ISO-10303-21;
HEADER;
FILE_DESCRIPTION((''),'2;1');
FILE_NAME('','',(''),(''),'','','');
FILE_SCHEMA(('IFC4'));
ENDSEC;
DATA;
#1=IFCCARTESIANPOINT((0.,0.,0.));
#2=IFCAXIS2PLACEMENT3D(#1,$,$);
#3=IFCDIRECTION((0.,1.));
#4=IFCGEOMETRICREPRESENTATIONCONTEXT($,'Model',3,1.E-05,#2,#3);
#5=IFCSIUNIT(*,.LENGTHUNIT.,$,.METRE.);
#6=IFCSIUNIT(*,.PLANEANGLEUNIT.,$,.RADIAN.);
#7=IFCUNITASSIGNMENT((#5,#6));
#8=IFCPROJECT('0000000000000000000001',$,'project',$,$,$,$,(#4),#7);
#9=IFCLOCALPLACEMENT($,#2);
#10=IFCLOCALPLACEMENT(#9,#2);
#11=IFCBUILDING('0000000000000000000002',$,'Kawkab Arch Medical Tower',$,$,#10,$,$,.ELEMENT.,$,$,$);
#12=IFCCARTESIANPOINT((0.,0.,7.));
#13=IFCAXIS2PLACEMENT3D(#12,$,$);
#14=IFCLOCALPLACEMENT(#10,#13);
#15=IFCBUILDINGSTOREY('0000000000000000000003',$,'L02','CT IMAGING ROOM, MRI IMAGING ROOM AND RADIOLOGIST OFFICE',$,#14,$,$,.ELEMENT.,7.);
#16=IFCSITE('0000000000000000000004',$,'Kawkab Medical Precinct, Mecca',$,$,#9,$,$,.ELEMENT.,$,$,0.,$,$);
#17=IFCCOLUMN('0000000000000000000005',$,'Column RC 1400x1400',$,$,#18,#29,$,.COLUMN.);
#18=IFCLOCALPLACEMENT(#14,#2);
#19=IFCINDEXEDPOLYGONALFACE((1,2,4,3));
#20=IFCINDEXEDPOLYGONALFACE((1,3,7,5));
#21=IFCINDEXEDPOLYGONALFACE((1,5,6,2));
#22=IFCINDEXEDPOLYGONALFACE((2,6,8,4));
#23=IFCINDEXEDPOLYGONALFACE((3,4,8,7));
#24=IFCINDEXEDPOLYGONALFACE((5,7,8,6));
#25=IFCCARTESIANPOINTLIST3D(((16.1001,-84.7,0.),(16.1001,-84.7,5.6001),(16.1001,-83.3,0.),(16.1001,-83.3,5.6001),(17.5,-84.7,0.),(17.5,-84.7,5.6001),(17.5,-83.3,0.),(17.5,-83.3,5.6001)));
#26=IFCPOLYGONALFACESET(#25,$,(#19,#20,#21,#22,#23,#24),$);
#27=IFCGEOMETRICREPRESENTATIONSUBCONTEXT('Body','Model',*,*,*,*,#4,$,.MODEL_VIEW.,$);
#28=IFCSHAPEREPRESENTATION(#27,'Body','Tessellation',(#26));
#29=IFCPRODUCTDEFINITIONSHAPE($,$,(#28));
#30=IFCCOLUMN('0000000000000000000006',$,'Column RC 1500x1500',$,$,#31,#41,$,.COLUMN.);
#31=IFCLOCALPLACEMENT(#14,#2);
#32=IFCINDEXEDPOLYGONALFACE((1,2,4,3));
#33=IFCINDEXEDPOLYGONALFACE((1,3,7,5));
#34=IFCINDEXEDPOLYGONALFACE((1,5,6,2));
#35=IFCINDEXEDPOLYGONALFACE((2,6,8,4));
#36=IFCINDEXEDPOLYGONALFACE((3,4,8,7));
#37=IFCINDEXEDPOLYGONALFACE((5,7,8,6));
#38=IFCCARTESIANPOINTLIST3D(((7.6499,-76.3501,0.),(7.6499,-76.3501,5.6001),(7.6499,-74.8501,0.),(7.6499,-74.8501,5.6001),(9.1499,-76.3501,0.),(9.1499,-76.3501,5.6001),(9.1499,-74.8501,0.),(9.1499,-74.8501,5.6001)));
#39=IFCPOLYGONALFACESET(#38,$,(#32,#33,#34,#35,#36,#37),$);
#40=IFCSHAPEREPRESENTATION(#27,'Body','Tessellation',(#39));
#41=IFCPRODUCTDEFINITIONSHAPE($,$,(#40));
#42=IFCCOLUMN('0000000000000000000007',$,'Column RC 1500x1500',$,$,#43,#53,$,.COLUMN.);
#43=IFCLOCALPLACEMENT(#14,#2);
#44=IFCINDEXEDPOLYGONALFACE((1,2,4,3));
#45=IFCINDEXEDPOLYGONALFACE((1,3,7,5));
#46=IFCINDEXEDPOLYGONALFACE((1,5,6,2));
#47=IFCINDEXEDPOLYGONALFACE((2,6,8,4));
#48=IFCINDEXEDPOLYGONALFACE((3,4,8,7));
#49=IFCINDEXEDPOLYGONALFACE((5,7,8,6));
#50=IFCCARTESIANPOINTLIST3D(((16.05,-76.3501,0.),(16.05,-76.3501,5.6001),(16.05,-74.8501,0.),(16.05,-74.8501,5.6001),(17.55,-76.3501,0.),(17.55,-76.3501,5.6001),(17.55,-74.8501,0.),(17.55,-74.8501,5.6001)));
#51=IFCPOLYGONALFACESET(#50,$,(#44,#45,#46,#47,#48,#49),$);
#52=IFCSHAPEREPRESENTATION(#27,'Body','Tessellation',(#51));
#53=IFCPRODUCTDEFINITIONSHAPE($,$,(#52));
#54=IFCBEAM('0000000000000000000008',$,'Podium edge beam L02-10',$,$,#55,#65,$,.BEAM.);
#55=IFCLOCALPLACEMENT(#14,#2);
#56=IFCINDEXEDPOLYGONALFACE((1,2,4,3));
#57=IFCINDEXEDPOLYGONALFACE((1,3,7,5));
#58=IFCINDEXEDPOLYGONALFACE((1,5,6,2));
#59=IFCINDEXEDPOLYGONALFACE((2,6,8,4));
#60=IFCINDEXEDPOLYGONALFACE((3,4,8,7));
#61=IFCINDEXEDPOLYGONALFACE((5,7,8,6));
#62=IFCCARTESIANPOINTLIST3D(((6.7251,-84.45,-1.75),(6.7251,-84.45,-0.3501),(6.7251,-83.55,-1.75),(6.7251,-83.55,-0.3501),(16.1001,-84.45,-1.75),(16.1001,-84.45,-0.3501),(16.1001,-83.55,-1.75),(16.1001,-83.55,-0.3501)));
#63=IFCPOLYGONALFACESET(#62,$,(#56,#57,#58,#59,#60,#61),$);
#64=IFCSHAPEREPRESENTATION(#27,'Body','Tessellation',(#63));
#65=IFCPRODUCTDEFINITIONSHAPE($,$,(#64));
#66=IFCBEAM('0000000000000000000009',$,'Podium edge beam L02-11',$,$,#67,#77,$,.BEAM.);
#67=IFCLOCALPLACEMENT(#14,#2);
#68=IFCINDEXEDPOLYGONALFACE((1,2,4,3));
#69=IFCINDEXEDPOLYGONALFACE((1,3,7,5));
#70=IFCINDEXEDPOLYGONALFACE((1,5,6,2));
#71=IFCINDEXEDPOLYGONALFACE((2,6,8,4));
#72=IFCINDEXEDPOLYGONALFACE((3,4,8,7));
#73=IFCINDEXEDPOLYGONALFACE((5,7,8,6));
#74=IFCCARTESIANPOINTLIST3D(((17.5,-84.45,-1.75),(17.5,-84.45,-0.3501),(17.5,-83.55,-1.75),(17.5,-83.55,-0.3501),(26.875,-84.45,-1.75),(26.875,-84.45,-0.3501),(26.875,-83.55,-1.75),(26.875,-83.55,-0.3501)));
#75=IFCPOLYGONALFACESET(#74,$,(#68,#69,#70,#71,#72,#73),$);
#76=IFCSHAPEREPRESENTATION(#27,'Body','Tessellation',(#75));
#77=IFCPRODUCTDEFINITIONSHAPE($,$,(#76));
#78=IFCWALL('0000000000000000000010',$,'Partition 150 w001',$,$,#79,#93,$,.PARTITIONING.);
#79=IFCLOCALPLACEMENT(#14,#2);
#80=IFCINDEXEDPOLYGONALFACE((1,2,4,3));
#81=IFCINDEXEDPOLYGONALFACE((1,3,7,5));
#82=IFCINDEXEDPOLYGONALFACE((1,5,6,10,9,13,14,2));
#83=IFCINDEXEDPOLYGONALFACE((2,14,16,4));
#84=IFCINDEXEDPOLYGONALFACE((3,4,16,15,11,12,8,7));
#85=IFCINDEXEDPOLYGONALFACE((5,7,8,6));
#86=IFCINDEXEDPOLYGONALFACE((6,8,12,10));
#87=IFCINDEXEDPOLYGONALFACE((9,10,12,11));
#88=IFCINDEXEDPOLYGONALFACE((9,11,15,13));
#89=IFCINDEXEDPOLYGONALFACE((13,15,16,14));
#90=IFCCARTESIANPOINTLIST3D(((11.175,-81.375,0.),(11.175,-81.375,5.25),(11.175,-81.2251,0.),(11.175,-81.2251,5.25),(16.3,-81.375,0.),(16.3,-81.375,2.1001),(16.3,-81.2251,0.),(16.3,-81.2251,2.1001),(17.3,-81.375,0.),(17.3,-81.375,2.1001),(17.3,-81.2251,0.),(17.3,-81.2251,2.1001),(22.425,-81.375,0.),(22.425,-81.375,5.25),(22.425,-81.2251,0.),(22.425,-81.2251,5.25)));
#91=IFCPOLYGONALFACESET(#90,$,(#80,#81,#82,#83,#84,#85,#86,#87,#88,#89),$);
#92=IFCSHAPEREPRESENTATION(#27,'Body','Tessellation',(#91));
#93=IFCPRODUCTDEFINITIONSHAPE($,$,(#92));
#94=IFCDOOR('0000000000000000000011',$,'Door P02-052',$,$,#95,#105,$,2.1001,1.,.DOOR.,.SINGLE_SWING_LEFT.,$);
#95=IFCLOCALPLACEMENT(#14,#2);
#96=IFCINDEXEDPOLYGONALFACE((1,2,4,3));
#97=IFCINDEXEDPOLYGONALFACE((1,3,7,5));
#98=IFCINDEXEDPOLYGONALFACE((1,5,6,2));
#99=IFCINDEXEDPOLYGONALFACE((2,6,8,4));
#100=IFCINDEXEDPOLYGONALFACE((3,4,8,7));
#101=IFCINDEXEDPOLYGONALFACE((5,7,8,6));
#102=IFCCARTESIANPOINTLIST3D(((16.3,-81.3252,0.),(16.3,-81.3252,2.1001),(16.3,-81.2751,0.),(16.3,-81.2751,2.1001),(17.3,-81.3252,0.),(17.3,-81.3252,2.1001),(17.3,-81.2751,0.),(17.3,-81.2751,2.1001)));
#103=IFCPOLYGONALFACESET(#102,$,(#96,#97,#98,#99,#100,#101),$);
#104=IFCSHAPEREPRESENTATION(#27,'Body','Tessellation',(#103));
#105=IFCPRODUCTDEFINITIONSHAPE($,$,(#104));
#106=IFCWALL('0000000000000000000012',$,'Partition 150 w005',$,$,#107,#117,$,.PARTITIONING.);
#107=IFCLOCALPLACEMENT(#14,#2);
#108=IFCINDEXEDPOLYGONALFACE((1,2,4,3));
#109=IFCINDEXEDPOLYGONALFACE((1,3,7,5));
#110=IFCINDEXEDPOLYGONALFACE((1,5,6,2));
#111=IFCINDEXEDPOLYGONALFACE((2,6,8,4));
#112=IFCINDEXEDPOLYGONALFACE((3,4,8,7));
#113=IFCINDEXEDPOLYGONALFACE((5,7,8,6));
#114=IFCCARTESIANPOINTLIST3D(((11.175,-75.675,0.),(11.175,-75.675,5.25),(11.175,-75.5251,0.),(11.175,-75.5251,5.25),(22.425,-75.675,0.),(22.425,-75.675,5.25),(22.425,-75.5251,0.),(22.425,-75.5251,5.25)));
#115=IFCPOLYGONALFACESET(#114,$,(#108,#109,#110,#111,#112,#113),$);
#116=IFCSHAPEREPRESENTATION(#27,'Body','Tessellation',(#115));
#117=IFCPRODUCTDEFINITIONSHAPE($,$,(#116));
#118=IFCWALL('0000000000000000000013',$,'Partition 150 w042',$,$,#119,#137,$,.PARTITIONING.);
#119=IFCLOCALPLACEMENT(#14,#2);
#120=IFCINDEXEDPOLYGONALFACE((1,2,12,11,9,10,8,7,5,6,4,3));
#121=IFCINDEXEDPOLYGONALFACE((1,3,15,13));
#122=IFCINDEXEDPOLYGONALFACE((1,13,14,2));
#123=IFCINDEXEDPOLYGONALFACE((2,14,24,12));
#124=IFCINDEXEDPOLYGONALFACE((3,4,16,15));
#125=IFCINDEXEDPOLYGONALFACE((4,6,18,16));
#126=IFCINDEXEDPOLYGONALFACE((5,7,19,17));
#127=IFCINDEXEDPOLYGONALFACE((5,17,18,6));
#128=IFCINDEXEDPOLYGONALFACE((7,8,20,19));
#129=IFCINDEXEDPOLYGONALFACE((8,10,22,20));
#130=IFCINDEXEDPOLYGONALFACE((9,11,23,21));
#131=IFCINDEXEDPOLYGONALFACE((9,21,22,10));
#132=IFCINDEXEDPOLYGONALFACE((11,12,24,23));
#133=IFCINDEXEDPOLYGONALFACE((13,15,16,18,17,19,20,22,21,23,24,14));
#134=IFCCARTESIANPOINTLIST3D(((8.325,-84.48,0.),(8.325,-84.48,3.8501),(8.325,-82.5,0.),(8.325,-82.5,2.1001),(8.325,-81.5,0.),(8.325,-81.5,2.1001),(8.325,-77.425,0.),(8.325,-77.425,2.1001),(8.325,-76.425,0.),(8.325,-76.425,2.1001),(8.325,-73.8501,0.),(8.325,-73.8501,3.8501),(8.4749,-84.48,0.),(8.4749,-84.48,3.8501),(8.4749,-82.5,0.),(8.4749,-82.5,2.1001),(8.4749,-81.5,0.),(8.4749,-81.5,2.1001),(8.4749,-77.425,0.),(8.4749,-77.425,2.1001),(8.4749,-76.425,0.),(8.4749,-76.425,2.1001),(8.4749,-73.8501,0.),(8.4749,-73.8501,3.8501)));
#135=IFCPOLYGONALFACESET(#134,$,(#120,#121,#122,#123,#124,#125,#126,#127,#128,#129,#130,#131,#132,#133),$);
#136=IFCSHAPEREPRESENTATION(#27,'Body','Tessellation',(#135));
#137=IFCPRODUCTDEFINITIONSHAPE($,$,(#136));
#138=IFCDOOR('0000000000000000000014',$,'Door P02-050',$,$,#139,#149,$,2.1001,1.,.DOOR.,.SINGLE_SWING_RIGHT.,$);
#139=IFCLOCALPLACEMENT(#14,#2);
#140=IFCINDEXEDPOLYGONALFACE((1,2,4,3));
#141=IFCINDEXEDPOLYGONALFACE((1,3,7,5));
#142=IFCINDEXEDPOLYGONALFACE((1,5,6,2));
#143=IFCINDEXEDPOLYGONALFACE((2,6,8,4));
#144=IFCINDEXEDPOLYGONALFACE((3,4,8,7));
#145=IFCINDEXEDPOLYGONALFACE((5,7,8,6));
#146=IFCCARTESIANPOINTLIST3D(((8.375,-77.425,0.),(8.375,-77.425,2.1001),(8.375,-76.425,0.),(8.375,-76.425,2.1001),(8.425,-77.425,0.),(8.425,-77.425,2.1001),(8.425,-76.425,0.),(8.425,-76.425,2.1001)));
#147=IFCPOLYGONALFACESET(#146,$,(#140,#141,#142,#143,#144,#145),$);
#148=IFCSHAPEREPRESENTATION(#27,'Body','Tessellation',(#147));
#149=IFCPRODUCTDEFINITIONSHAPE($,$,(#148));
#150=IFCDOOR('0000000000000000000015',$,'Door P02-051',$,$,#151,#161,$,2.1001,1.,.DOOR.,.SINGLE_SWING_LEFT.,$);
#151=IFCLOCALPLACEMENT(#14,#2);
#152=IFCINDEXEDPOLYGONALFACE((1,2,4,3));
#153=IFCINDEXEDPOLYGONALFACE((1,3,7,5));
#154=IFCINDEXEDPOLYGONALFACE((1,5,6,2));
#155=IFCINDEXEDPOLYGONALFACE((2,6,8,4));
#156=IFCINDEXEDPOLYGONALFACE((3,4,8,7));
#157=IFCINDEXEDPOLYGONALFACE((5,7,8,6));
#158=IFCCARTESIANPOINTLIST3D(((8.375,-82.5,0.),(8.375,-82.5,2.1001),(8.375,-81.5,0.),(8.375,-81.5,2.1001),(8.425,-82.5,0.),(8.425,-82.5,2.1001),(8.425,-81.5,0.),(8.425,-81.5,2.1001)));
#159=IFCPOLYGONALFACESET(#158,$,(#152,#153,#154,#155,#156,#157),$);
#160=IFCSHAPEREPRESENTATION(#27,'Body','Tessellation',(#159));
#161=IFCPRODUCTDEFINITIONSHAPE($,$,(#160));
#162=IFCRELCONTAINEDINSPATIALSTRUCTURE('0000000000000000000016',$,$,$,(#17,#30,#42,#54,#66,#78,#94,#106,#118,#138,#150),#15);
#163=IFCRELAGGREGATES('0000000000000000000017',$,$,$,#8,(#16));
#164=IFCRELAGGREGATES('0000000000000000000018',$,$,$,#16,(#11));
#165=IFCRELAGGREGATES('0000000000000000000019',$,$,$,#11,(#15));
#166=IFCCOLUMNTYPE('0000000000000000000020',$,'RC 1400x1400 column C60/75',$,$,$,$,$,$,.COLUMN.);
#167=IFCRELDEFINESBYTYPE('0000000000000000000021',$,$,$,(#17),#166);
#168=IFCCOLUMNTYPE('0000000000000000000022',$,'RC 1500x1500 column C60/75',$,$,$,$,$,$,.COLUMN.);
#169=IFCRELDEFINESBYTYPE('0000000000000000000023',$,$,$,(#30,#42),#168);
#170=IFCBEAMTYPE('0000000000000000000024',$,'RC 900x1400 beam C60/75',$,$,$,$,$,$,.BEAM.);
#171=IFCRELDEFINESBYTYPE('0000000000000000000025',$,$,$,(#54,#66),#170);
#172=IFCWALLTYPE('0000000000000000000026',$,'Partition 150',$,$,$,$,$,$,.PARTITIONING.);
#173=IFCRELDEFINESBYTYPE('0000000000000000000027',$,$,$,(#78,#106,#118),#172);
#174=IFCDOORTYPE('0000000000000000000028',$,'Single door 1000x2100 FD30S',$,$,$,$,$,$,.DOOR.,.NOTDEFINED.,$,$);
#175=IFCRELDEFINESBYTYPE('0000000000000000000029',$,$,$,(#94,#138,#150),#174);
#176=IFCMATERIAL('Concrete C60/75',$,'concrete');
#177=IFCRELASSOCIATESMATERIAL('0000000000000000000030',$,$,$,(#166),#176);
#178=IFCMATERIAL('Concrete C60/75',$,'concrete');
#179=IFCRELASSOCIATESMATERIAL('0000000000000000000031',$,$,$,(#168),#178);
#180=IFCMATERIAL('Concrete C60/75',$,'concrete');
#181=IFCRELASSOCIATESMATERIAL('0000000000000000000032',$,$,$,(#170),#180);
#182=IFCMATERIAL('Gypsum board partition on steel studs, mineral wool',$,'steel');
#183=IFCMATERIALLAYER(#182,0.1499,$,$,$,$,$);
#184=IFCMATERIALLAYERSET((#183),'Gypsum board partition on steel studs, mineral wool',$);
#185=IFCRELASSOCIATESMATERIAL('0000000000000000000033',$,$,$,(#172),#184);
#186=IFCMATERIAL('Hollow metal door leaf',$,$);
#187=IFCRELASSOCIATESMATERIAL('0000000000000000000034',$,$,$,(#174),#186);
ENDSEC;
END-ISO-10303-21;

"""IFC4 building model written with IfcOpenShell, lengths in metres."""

from ifc_helpers import new_model, si_unit, direction, frame, frame_2d, origin, origin_2d, place, context, subcontext, project, spatial, rectangle, extrude, material, layer, layer_set, material_profile, profile_set, type_object, element, fill, save


model = new_model("IFC4")

# Units and contexts
model_context = context("Model", 3, precision=1e-05, world=origin(), true_north=direction((0.0, 1.0)))
body_context = subcontext(model_context, "Body", "Model", "MODEL_VIEW")
ifc_project = project(units=[si_unit("LENGTHUNIT", "METRE"), si_unit("PLANEANGLEUNIT", "RADIAN")], contexts=[model_context])

# Site, building, storey
site_placement = place(None, origin())
site = spatial("IfcSite", under=ifc_project, at=site_placement, Name="Kawkab Medical Precinct, Mecca", CompositionType="ELEMENT", RefElevation=0.0)
building_placement = place(site_placement, origin())
building = spatial("IfcBuilding", under=site, at=building_placement, Name="Kawkab Arch Medical Tower", CompositionType="ELEMENT")
storey_placement = place(building_placement, frame((0.0, 0.0, 7.0)))
storey = spatial("IfcBuildingStorey", under=building, at=storey_placement, Name="L02", Description="CT IMAGING ROOM, MRI IMAGING ROOM AND RADIOLOGIST OFFICE", CompositionType="ELEMENT", Elevation=7.0)

# Columns
ifc_material_1 = material(Name="Concrete C60/75", Category="concrete")
ifc_material_profile_1 = material_profile(ifc_material_1, rectangle(XDim=1.3999, YDim=1.3999, at=origin_2d()), Name="RC 1400x1400")
ifc_profile_set_1 = profile_set([ifc_material_profile_1], Name="Concrete C60/75")
column_type_1 = type_object("IfcColumnType", Name="RC 1400x1400 column C60/75", PredefinedType="COLUMN", material=ifc_profile_set_1)
column_placement = place(storey_placement, frame((16.8, -84.0, 0.0), z_axis=(0.0, 0.0, 1.0), x_axis=(1.0, 0.0, 0.0)))
element("IfcColumn", 1, at=column_placement, inside=storey, type_object=column_type_1, Name="Column RC 1400x1400", PredefinedType="COLUMN", context=body_context, shape_type="SweptSolid", body=[
    extrude(rectangle(XDim=1.3999, YDim=1.3999, at=origin_2d()), origin(), (0.0, 0.0, 1.0), 5.6001),
])
ifc_material_2 = material(Name="Concrete C60/75", Category="concrete")
ifc_material_profile_2 = material_profile(ifc_material_2, rectangle(XDim=1.5, YDim=1.5, at=origin_2d()), Name="RC 1500x1500")
ifc_profile_set_2 = profile_set([ifc_material_profile_2], Name="Concrete C60/75")
column_type_2 = type_object("IfcColumnType", Name="RC 1500x1500 column C60/75", PredefinedType="COLUMN", material=ifc_profile_set_2)
for number, where, z_axis, x_axis, name in (
    (2, (8.3999, -75.6001, 0.0), (0.0, 0.0, 1.0), (1.0, 0.0, 0.0), "Column RC 1500x1500"),
    (3, (16.8, -75.6001, 0.0), (0.0, 0.0, 1.0), (1.0, 0.0, 0.0), "Column RC 1500x1500"),
):
    element("IfcColumn", number, at=place(storey_placement, frame(where, z_axis=z_axis, x_axis=x_axis)), inside=storey, type_object=column_type_2, Name=name, PredefinedType="COLUMN", context=body_context, shape_type="SweptSolid", body=[
        extrude(rectangle(XDim=1.5, YDim=1.5, at=origin_2d()), origin(), (0.0, 0.0, 1.0), 5.6001),
    ])

# Beams
ifc_material_3 = material(Name="Concrete C60/75", Category="concrete")
ifc_material_profile_3 = material_profile(ifc_material_3, rectangle(XDim=0.8999, YDim=1.3999, at=origin_2d()), Name="RC 900x1400")
ifc_profile_set_3 = profile_set([ifc_material_profile_3], Name="Concrete C60/75")
beam_type = type_object("IfcBeamType", Name="RC 900x1400 beam C60/75", PredefinedType="BEAM", material=ifc_profile_set_3)
for number, where, z_axis, x_axis, name in (
    (4, (6.7251, -84.0, -1.05), (1.0, 0.0, 0.0), (0.0, 1.0, 0.0), "Podium edge beam L02-10"),
    (5, (17.5, -84.0, -1.05), (1.0, 0.0, 0.0), (0.0, 1.0, 0.0), "Podium edge beam L02-11"),
):
    element("IfcBeam", number, at=place(storey_placement, frame(where, z_axis=z_axis, x_axis=x_axis)), inside=storey, type_object=beam_type, Name=name, PredefinedType="BEAM", context=body_context, shape_type="SweptSolid", body=[
        extrude(rectangle(XDim=0.8999, YDim=1.3999, at=origin_2d()), origin(), (0.0, 0.0, 1.0), 9.375),
    ])

# Wall, opening, door
ifc_material_4 = material(Name="Gypsum board partition on steel studs, mineral wool", Category="steel")
ifc_layer_1 = layer(ifc_material_4, 0.1499)
ifc_layer_set_1 = layer_set([ifc_layer_1], Name="Gypsum board partition on steel studs, mineral wool")
wall_type_1 = type_object("IfcWallType", Name="Partition 150", PredefinedType="PARTITIONING", material=ifc_layer_set_1)
wall_1_placement = place(storey_placement, frame((11.175, -81.3, 0.0), z_axis=(0.0, 0.0, 1.0), x_axis=(1.0, 0.0, 0.0)))
wall_1 = element("IfcWall", 6, at=wall_1_placement, inside=storey, type_object=wall_type_1, Name="Partition 150 w001", PredefinedType="PARTITIONING", context=body_context, shape_type="SweptSolid", body=[
    extrude(rectangle(XDim=11.25, YDim=0.1499, at=frame_2d((5.625, 0.0))), origin(), (0.0, 0.0, 1.0), 5.25),
])
opening_1_placement = place(wall_1_placement, frame((5.125, 0.0, 0.0)))
opening_1 = element("IfcOpeningElement", 7, at=opening_1_placement, cuts=wall_1, PredefinedType="OPENING", context=body_context, shape_type="SweptSolid", body=[
    extrude(rectangle(XDim=1.0, YDim=2.1001, at=frame_2d((0.5, 1.05))), frame((0.0, 0.085, 0.0), z_axis=(0.0, -1.0, 0.0), x_axis=(1.0, 0.0, 0.0)), (0.0, 0.0, 1.0), 0.1699),
])
ifc_material_5 = material(Name="Hollow metal door leaf")
door_type_1 = type_object("IfcDoorType", Name="Single door 1000x2100 FD30S", OperationType="NOTDEFINED", PredefinedType="DOOR", material=ifc_material_5)
door_1_placement = place(opening_1_placement, origin())
door_1 = element("IfcDoor", 8, at=door_1_placement, inside=storey, type_object=door_type_1, Name="Door P02-052", OperationType="SINGLE_SWING_LEFT", OverallHeight=2.1001, OverallWidth=1.0, PredefinedType="DOOR", context=body_context, shape_type="SweptSolid", body=[
    extrude(rectangle(XDim=1.0, YDim=2.1001, at=frame_2d((0.5, 1.05))), frame((0.0, 0.0249, 0.0), z_axis=(0.0, -1.0, 0.0), x_axis=(1.0, 0.0, 0.0)), (0.0, 0.0, 1.0), 0.05),
])
fill(opening_1, door_1)

# Wall
wall_2_placement = place(storey_placement, frame((11.175, -75.6001, 0.0), z_axis=(0.0, 0.0, 1.0), x_axis=(1.0, 0.0, 0.0)))
element("IfcWall", 9, at=wall_2_placement, inside=storey, type_object=wall_type_1, Name="Partition 150 w005", PredefinedType="PARTITIONING", context=body_context, shape_type="SweptSolid", body=[
    extrude(rectangle(XDim=11.25, YDim=0.1499, at=frame_2d((5.625, 0.0))), origin(), (0.0, 0.0, 1.0), 5.25),
])

# Wall, openings, doors
wall_3_placement = place(storey_placement, frame((8.3999, -84.48, 0.0), z_axis=(0.0, 0.0, 1.0), x_axis=(0.0, 1.0, 0.0)))
wall_3 = element("IfcWall", 10, at=wall_3_placement, inside=storey, type_object=wall_type_1, Name="Partition 150 w042", PredefinedType="PARTITIONING", context=body_context, shape_type="SweptSolid", body=[
    extrude(rectangle(XDim=10.6299, YDim=0.1499, at=frame_2d((5.3149, 0.0))), origin(), (0.0, 0.0, 1.0), 3.8501),
])
opening_2_placement = place(wall_3_placement, frame((7.0549, 0.0, 0.0)))
opening_2 = element("IfcOpeningElement", 11, at=opening_2_placement, cuts=wall_3, PredefinedType="OPENING", context=body_context, shape_type="SweptSolid", body=[
    extrude(rectangle(XDim=1.0, YDim=2.1001, at=frame_2d((0.5, 1.05))), frame((0.0, 0.085, 0.0), z_axis=(0.0, -1.0, 0.0), x_axis=(1.0, 0.0, 0.0)), (0.0, 0.0, 1.0), 0.1699),
])
opening_3_placement = place(wall_3_placement, frame((1.98, 0.0, 0.0)))
opening_3 = element("IfcOpeningElement", 12, at=opening_3_placement, cuts=wall_3, PredefinedType="OPENING", context=body_context, shape_type="SweptSolid", body=[
    extrude(rectangle(XDim=1.0, YDim=2.1001, at=frame_2d((0.5, 1.05))), frame((0.0, 0.085, 0.0), z_axis=(0.0, -1.0, 0.0), x_axis=(1.0, 0.0, 0.0)), (0.0, 0.0, 1.0), 0.1699),
])
door_2_placement = place(opening_2_placement, origin())
door_2 = element("IfcDoor", 13, at=door_2_placement, inside=storey, type_object=door_type_1, Name="Door P02-050", OperationType="SINGLE_SWING_RIGHT", OverallHeight=2.1001, OverallWidth=1.0, PredefinedType="DOOR", context=body_context, shape_type="SweptSolid", body=[
    extrude(rectangle(XDim=1.0, YDim=2.1001, at=frame_2d((0.5, 1.05))), frame((0.0, 0.0249, 0.0), z_axis=(0.0, -1.0, 0.0), x_axis=(1.0, 0.0, 0.0)), (0.0, 0.0, 1.0), 0.05),
])
fill(opening_2, door_2)
door_3_placement = place(opening_3_placement, origin())
door_3 = element("IfcDoor", 14, at=door_3_placement, inside=storey, type_object=door_type_1, Name="Door P02-051", OperationType="SINGLE_SWING_LEFT", OverallHeight=2.1001, OverallWidth=1.0, PredefinedType="DOOR", context=body_context, shape_type="SweptSolid", body=[
    extrude(rectangle(XDim=1.0, YDim=2.1001, at=frame_2d((0.5, 1.05))), frame((0.0, 0.0249, 0.0), z_axis=(0.0, -1.0, 0.0), x_axis=(1.0, 0.0, 0.0)), (0.0, 0.0, 1.0), 0.05),
])
fill(opening_3, door_3)

save(model, "model.ifc")
